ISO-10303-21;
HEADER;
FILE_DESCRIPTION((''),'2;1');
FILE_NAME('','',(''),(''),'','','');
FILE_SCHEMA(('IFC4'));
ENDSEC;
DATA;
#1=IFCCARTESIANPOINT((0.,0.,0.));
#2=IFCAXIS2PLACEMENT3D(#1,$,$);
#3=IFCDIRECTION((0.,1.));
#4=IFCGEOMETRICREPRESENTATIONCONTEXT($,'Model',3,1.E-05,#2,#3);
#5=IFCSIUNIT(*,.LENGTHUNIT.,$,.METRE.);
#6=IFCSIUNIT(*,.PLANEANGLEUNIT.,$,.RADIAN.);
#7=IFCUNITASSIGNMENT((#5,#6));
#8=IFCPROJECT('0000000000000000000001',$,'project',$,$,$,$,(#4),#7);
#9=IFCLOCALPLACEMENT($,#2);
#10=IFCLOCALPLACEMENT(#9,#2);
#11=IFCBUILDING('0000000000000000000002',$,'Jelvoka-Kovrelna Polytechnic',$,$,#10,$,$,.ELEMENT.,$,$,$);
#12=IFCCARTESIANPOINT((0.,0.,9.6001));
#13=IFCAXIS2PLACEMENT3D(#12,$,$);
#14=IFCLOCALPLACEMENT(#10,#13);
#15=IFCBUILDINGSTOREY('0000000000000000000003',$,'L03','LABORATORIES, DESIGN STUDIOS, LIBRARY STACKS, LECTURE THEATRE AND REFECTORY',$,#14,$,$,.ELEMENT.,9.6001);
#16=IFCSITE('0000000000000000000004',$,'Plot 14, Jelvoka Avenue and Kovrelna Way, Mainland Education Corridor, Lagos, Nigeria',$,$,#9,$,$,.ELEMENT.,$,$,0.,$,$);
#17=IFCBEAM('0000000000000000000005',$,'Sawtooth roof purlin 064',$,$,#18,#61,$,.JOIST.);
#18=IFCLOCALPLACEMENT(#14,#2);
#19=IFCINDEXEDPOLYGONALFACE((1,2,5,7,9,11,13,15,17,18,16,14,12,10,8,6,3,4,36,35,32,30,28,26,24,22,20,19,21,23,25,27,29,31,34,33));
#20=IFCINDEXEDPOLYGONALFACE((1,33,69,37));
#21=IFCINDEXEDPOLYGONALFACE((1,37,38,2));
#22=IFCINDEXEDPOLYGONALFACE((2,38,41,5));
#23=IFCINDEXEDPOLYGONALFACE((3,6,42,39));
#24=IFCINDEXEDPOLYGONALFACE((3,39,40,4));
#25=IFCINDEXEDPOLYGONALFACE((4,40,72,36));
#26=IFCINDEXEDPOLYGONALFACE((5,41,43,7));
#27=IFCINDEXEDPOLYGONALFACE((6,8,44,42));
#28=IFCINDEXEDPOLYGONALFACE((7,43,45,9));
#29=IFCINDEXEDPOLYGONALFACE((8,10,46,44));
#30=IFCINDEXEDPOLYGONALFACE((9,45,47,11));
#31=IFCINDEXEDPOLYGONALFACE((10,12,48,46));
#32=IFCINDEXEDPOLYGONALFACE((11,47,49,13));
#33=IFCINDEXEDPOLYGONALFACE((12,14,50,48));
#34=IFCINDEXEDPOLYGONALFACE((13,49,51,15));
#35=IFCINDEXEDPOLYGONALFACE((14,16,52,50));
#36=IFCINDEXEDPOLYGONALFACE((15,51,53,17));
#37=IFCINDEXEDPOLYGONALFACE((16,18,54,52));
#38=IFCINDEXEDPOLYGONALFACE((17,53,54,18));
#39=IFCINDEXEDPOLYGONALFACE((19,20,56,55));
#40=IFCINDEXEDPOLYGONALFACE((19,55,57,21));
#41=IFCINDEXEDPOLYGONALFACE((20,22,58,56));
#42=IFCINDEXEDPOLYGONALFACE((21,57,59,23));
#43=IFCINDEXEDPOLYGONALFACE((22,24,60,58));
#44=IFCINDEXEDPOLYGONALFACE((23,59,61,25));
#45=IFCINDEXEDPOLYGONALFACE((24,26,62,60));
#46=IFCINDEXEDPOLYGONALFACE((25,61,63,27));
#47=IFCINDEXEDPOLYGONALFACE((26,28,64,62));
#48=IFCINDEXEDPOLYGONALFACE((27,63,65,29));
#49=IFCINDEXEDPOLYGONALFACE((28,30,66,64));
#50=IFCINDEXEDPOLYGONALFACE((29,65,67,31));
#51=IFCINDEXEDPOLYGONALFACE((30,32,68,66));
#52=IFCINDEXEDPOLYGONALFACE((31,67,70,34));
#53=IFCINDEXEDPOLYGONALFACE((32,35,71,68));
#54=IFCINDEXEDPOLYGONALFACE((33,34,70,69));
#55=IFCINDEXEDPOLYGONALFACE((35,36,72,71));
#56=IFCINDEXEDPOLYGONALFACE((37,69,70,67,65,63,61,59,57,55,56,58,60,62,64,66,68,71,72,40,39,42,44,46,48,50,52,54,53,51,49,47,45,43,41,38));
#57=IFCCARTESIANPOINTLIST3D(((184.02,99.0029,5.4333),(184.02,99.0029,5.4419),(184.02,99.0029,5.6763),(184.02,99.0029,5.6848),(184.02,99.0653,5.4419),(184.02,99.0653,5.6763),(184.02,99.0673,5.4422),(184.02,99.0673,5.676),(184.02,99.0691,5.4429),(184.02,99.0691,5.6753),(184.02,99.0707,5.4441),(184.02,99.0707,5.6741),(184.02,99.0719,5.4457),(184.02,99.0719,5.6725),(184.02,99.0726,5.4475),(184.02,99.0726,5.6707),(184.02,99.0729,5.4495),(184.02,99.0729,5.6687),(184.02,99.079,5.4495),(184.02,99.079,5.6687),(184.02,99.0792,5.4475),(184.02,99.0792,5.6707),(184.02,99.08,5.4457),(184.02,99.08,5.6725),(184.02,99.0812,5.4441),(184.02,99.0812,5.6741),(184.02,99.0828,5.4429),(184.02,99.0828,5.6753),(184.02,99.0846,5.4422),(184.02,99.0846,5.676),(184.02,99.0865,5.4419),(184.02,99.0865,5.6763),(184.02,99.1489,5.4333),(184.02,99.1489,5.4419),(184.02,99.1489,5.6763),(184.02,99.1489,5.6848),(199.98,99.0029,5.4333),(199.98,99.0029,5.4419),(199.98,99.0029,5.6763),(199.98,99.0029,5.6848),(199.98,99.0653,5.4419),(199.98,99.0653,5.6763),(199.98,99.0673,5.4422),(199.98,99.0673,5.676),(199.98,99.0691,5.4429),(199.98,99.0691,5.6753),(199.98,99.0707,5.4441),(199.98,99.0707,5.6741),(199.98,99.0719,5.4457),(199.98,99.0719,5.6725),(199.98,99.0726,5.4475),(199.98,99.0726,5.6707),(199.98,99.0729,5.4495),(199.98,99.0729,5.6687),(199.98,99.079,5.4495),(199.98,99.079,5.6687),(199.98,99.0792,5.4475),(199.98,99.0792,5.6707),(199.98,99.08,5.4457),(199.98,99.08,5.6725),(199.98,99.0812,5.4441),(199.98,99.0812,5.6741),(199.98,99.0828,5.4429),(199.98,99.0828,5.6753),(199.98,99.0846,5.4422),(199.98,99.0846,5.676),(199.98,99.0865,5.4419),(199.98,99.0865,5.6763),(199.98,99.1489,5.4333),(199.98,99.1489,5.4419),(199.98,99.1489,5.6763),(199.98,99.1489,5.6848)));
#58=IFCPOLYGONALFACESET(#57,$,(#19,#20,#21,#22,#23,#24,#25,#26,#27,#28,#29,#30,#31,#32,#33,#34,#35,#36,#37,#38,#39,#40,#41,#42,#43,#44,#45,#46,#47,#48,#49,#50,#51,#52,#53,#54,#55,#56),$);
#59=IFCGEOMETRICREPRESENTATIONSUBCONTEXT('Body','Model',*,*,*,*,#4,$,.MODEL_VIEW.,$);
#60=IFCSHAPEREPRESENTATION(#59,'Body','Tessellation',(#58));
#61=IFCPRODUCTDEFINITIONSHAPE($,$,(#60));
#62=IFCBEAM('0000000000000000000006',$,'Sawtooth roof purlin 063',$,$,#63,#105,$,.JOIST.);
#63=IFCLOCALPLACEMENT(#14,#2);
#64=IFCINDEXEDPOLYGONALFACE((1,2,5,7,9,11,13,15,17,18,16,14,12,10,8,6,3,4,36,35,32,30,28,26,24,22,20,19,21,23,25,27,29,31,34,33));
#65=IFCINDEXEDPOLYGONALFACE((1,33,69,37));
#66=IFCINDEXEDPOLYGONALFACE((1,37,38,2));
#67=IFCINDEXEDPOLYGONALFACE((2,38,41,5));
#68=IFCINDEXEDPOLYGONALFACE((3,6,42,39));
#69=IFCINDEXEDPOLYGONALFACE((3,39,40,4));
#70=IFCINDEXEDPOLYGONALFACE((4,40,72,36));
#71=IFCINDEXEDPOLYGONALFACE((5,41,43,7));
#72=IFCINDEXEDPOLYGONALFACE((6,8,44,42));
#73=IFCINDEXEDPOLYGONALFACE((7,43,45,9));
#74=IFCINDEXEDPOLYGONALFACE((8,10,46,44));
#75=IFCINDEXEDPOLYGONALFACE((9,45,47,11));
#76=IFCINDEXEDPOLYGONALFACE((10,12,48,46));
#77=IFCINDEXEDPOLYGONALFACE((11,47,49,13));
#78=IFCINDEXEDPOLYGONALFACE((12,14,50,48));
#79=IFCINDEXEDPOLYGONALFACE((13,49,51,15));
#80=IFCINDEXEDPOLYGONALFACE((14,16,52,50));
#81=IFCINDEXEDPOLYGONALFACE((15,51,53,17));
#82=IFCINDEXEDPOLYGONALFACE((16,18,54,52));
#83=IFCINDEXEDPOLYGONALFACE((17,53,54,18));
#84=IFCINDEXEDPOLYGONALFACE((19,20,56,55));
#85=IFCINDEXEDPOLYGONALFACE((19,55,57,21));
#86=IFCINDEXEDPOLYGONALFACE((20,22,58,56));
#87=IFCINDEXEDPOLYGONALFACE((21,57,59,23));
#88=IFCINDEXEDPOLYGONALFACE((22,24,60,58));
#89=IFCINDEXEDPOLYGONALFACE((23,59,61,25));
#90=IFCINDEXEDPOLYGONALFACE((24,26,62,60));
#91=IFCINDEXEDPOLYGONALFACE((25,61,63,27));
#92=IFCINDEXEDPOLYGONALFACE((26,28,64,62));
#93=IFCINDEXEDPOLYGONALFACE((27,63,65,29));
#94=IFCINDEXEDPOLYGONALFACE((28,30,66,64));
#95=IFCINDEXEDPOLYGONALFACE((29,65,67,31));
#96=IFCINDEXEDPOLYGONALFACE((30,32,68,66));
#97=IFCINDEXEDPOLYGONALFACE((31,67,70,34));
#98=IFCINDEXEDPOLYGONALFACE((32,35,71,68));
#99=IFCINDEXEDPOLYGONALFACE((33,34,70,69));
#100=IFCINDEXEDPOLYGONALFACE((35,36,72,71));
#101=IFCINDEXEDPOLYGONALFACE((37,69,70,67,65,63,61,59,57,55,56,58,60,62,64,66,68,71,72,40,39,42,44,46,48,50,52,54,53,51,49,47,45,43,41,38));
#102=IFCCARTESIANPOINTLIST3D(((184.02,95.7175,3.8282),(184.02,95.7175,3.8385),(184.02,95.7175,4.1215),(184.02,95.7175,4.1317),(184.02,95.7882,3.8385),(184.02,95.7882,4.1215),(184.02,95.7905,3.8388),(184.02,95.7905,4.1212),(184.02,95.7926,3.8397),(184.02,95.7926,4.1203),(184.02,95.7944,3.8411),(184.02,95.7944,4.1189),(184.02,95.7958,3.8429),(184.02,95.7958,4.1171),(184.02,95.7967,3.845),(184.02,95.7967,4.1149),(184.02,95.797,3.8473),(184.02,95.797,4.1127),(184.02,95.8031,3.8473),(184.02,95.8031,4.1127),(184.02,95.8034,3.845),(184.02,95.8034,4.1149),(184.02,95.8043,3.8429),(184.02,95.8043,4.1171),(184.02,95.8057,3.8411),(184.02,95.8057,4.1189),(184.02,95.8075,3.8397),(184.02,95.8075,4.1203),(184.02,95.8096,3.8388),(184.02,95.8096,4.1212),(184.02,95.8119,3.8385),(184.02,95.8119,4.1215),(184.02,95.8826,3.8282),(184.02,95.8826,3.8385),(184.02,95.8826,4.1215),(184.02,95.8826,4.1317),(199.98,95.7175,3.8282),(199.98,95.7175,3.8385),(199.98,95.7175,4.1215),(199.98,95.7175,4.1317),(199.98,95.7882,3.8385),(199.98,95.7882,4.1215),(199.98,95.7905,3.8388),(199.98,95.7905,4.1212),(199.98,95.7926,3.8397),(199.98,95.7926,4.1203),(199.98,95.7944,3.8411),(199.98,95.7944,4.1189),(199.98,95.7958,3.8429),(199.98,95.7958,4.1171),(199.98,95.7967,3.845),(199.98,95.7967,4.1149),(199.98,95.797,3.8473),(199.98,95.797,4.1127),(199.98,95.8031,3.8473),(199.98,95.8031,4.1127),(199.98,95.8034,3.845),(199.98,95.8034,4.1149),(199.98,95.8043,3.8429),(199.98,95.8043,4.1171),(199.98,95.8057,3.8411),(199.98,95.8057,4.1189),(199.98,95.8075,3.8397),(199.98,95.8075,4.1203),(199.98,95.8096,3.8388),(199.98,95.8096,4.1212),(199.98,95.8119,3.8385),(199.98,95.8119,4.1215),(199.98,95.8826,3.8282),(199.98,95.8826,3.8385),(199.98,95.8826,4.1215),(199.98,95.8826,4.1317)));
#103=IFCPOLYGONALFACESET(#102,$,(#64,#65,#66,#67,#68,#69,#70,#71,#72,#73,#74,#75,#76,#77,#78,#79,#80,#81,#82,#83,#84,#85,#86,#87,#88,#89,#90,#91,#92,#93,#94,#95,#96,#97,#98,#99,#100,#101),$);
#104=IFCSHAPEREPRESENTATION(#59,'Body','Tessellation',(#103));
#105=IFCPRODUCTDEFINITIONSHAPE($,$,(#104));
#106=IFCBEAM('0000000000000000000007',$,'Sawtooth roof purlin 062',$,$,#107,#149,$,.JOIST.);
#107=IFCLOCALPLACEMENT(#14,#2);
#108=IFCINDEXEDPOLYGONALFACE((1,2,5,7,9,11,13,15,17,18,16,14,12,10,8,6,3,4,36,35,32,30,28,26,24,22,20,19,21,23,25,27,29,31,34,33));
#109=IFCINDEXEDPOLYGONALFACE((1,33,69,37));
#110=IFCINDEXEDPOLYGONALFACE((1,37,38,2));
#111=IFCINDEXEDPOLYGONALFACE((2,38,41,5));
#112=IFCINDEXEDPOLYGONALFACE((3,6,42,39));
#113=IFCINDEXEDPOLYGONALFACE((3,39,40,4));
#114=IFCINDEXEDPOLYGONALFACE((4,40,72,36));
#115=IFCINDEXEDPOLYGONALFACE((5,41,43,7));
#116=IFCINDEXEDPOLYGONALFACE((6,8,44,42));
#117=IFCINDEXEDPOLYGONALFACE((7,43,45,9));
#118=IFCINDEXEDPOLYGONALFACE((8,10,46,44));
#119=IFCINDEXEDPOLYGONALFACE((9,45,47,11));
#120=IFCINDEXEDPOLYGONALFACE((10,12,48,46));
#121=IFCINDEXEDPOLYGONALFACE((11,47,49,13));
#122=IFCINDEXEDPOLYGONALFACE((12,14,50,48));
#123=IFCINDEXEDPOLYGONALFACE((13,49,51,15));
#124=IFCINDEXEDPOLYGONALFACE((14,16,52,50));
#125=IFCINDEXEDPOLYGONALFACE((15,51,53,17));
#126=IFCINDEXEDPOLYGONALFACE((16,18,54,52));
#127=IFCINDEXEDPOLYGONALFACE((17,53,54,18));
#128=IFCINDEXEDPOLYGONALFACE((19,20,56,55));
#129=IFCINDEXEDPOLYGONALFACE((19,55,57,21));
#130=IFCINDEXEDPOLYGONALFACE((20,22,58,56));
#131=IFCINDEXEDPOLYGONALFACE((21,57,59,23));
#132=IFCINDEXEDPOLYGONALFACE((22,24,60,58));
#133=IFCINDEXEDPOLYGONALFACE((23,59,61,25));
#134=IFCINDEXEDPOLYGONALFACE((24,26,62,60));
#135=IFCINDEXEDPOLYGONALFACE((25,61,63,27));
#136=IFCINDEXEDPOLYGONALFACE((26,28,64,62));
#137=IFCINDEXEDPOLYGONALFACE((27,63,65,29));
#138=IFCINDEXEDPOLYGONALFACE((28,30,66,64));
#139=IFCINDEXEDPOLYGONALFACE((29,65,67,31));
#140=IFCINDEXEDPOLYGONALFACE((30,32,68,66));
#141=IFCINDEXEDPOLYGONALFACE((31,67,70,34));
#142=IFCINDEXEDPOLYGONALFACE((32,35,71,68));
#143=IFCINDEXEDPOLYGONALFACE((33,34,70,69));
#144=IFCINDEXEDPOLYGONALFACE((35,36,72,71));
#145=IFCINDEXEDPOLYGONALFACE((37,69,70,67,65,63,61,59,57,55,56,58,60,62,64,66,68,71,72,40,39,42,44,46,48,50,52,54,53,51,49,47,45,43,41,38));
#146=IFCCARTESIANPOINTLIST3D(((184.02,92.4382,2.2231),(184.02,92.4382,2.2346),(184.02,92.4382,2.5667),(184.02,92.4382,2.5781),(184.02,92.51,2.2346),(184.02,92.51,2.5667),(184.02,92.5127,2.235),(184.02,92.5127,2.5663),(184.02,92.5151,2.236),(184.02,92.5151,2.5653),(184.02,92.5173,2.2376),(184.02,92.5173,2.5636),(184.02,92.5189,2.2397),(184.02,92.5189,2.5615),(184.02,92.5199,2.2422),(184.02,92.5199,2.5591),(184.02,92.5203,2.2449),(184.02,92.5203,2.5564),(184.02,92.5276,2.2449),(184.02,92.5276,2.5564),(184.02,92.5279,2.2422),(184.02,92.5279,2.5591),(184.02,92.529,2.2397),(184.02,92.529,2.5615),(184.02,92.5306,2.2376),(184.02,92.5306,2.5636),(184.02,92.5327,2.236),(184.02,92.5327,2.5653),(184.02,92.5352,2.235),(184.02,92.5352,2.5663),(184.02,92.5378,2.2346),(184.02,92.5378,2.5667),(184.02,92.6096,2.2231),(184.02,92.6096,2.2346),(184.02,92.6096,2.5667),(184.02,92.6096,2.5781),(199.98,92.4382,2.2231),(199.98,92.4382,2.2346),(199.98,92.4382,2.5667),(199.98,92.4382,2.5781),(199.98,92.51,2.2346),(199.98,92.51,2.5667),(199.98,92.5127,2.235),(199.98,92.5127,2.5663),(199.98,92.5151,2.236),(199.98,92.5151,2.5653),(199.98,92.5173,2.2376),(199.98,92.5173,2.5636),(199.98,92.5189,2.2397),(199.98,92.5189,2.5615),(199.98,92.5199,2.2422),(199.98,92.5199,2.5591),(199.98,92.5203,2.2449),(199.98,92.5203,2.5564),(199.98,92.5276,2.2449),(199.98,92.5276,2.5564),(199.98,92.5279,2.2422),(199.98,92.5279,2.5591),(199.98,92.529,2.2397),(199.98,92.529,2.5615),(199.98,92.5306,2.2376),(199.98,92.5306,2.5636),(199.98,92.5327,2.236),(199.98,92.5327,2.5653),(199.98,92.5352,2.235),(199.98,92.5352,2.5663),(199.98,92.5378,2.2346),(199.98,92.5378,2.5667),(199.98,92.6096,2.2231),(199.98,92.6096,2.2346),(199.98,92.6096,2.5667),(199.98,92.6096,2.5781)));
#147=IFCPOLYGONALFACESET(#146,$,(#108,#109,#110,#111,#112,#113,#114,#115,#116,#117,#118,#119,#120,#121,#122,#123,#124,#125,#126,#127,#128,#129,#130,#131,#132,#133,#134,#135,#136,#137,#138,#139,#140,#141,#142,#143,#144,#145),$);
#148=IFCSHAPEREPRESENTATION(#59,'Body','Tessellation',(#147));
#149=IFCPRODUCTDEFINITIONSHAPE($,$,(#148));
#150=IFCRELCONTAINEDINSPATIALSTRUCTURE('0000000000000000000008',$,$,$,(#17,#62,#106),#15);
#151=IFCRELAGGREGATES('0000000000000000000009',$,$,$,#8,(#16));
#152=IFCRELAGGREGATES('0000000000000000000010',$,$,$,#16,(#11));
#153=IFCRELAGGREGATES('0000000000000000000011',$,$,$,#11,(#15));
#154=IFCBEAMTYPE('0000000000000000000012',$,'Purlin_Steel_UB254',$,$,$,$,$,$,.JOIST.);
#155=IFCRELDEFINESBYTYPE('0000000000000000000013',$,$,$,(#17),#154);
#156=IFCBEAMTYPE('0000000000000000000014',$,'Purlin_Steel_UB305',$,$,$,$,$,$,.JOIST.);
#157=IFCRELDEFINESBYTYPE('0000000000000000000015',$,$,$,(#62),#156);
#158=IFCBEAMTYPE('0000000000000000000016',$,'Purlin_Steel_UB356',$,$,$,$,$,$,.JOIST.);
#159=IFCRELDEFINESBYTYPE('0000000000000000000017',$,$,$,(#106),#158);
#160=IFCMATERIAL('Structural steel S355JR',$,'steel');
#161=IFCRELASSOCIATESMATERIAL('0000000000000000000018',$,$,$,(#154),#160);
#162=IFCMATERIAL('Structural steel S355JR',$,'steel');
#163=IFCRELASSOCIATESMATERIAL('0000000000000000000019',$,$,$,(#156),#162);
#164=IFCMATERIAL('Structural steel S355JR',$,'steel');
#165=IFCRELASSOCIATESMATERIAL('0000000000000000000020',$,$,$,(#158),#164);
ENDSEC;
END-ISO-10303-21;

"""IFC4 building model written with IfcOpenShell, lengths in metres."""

from ifc_helpers import new_model, si_unit, direction, frame, origin, origin_2d, place, context, subcontext, project, spatial, i_section, extrude, material, material_profile, profile_set, type_object, element, save


model = new_model("IFC4")

# Units and contexts
model_context = context("Model", 3, precision=1e-05, world=origin(), true_north=direction((0.0, 1.0)))
body_context = subcontext(model_context, "Body", "Model", "MODEL_VIEW")
ifc_project = project(units=[si_unit("LENGTHUNIT", "METRE"), si_unit("PLANEANGLEUNIT", "RADIAN")], contexts=[model_context])

# Site, building, storey
site_placement = place(None, origin())
site = spatial("IfcSite", under=ifc_project, at=site_placement, Name="Plot 14, Jelvoka Avenue and Kovrelna Way, Mainland Education Corridor, Lagos, Nigeria", CompositionType="ELEMENT", RefElevation=0.0)
building_placement = place(site_placement, origin())
building = spatial("IfcBuilding", under=site, at=building_placement, Name="Jelvoka-Kovrelna Polytechnic", CompositionType="ELEMENT")
storey_placement = place(building_placement, frame((0.0, 0.0, 9.6001)))
storey = spatial("IfcBuildingStorey", under=building, at=storey_placement, Name="L03", Description="LABORATORIES, DESIGN STUDIOS, LIBRARY STACKS, LECTURE THEATRE AND REFECTORY", CompositionType="ELEMENT", Elevation=9.6001)

# Beams
ifc_material_1 = material(Name="Structural steel S355JR", Category="steel")
ifc_material_profile_1 = material_profile(ifc_material_1, i_section(OverallWidth=0.146, OverallDepth=0.2515, WebThickness=0.0061, FlangeThickness=0.0085, FilletRadius=0.0076, at=origin_2d()), Name="254x146x31 UB")
ifc_profile_set_1 = profile_set([ifc_material_profile_1], Name="Structural steel S355JR")
beam_type_1 = type_object("IfcBeamType", Name="Purlin_Steel_UB254", PredefinedType="JOIST", material=ifc_profile_set_1)
beam_1_placement = place(storey_placement, frame((184.02, 99.0759, 5.5591), z_axis=(1.0, 0.0, 0.0), x_axis=(0.0, 1.0, 0.0)))
element("IfcBeam", 1, at=beam_1_placement, inside=storey, type_object=beam_type_1, Name="Sawtooth roof purlin 064", PredefinedType="JOIST", context=body_context, shape_type="SweptSolid", body=[
    extrude(i_section(OverallWidth=0.146, OverallDepth=0.2515, WebThickness=0.0061, FlangeThickness=0.0085, FilletRadius=0.0076, at=origin_2d()), origin(), (0.0, 0.0, 1.0), 15.96),
])
ifc_material_2 = material(Name="Structural steel S355JR", Category="steel")
ifc_material_profile_2 = material_profile(ifc_material_2, i_section(OverallWidth=0.165, OverallDepth=0.3035, WebThickness=0.0061, FlangeThickness=0.0103, FilletRadius=0.0088, at=origin_2d()), Name="305x165x40 UB")
ifc_profile_set_2 = profile_set([ifc_material_profile_2], Name="Structural steel S355JR")
beam_type_2 = type_object("IfcBeamType", Name="Purlin_Steel_UB305", PredefinedType="JOIST", material=ifc_profile_set_2)
beam_2_placement = place(storey_placement, frame((184.02, 95.8, 3.98), z_axis=(1.0, 0.0, 0.0), x_axis=(0.0, 1.0, 0.0)))
element("IfcBeam", 2, at=beam_2_placement, inside=storey, type_object=beam_type_2, Name="Sawtooth roof purlin 063", PredefinedType="JOIST", context=body_context, shape_type="SweptSolid", body=[
    extrude(i_section(OverallWidth=0.165, OverallDepth=0.3035, WebThickness=0.0061, FlangeThickness=0.0103, FilletRadius=0.0088, at=origin_2d()), origin(), (0.0, 0.0, 1.0), 15.96),
])
ifc_material_3 = material(Name="Structural steel S355JR", Category="steel")
ifc_material_profile_3 = material_profile(ifc_material_3, i_section(OverallWidth=0.1714, OverallDepth=0.355, WebThickness=0.0073, FlangeThickness=0.0115, FilletRadius=0.0103, at=origin_2d()), Name="356x171x51 UB")
ifc_profile_set_3 = profile_set([ifc_material_profile_3], Name="Structural steel S355JR")
beam_type_3 = type_object("IfcBeamType", Name="Purlin_Steel_UB356", PredefinedType="JOIST", material=ifc_profile_set_3)
beam_3_placement = place(storey_placement, frame((184.02, 92.5239, 2.4006), z_axis=(1.0, 0.0, 0.0), x_axis=(0.0, 1.0, 0.0)))
element("IfcBeam", 3, at=beam_3_placement, inside=storey, type_object=beam_type_3, Name="Sawtooth roof purlin 062", PredefinedType="JOIST", context=body_context, shape_type="SweptSolid", body=[
    extrude(i_section(OverallWidth=0.1714, OverallDepth=0.355, WebThickness=0.0073, FlangeThickness=0.0115, FilletRadius=0.0103, at=origin_2d()), origin(), (0.0, 0.0, 1.0), 15.96),
])

save(model, "model.ifc")
